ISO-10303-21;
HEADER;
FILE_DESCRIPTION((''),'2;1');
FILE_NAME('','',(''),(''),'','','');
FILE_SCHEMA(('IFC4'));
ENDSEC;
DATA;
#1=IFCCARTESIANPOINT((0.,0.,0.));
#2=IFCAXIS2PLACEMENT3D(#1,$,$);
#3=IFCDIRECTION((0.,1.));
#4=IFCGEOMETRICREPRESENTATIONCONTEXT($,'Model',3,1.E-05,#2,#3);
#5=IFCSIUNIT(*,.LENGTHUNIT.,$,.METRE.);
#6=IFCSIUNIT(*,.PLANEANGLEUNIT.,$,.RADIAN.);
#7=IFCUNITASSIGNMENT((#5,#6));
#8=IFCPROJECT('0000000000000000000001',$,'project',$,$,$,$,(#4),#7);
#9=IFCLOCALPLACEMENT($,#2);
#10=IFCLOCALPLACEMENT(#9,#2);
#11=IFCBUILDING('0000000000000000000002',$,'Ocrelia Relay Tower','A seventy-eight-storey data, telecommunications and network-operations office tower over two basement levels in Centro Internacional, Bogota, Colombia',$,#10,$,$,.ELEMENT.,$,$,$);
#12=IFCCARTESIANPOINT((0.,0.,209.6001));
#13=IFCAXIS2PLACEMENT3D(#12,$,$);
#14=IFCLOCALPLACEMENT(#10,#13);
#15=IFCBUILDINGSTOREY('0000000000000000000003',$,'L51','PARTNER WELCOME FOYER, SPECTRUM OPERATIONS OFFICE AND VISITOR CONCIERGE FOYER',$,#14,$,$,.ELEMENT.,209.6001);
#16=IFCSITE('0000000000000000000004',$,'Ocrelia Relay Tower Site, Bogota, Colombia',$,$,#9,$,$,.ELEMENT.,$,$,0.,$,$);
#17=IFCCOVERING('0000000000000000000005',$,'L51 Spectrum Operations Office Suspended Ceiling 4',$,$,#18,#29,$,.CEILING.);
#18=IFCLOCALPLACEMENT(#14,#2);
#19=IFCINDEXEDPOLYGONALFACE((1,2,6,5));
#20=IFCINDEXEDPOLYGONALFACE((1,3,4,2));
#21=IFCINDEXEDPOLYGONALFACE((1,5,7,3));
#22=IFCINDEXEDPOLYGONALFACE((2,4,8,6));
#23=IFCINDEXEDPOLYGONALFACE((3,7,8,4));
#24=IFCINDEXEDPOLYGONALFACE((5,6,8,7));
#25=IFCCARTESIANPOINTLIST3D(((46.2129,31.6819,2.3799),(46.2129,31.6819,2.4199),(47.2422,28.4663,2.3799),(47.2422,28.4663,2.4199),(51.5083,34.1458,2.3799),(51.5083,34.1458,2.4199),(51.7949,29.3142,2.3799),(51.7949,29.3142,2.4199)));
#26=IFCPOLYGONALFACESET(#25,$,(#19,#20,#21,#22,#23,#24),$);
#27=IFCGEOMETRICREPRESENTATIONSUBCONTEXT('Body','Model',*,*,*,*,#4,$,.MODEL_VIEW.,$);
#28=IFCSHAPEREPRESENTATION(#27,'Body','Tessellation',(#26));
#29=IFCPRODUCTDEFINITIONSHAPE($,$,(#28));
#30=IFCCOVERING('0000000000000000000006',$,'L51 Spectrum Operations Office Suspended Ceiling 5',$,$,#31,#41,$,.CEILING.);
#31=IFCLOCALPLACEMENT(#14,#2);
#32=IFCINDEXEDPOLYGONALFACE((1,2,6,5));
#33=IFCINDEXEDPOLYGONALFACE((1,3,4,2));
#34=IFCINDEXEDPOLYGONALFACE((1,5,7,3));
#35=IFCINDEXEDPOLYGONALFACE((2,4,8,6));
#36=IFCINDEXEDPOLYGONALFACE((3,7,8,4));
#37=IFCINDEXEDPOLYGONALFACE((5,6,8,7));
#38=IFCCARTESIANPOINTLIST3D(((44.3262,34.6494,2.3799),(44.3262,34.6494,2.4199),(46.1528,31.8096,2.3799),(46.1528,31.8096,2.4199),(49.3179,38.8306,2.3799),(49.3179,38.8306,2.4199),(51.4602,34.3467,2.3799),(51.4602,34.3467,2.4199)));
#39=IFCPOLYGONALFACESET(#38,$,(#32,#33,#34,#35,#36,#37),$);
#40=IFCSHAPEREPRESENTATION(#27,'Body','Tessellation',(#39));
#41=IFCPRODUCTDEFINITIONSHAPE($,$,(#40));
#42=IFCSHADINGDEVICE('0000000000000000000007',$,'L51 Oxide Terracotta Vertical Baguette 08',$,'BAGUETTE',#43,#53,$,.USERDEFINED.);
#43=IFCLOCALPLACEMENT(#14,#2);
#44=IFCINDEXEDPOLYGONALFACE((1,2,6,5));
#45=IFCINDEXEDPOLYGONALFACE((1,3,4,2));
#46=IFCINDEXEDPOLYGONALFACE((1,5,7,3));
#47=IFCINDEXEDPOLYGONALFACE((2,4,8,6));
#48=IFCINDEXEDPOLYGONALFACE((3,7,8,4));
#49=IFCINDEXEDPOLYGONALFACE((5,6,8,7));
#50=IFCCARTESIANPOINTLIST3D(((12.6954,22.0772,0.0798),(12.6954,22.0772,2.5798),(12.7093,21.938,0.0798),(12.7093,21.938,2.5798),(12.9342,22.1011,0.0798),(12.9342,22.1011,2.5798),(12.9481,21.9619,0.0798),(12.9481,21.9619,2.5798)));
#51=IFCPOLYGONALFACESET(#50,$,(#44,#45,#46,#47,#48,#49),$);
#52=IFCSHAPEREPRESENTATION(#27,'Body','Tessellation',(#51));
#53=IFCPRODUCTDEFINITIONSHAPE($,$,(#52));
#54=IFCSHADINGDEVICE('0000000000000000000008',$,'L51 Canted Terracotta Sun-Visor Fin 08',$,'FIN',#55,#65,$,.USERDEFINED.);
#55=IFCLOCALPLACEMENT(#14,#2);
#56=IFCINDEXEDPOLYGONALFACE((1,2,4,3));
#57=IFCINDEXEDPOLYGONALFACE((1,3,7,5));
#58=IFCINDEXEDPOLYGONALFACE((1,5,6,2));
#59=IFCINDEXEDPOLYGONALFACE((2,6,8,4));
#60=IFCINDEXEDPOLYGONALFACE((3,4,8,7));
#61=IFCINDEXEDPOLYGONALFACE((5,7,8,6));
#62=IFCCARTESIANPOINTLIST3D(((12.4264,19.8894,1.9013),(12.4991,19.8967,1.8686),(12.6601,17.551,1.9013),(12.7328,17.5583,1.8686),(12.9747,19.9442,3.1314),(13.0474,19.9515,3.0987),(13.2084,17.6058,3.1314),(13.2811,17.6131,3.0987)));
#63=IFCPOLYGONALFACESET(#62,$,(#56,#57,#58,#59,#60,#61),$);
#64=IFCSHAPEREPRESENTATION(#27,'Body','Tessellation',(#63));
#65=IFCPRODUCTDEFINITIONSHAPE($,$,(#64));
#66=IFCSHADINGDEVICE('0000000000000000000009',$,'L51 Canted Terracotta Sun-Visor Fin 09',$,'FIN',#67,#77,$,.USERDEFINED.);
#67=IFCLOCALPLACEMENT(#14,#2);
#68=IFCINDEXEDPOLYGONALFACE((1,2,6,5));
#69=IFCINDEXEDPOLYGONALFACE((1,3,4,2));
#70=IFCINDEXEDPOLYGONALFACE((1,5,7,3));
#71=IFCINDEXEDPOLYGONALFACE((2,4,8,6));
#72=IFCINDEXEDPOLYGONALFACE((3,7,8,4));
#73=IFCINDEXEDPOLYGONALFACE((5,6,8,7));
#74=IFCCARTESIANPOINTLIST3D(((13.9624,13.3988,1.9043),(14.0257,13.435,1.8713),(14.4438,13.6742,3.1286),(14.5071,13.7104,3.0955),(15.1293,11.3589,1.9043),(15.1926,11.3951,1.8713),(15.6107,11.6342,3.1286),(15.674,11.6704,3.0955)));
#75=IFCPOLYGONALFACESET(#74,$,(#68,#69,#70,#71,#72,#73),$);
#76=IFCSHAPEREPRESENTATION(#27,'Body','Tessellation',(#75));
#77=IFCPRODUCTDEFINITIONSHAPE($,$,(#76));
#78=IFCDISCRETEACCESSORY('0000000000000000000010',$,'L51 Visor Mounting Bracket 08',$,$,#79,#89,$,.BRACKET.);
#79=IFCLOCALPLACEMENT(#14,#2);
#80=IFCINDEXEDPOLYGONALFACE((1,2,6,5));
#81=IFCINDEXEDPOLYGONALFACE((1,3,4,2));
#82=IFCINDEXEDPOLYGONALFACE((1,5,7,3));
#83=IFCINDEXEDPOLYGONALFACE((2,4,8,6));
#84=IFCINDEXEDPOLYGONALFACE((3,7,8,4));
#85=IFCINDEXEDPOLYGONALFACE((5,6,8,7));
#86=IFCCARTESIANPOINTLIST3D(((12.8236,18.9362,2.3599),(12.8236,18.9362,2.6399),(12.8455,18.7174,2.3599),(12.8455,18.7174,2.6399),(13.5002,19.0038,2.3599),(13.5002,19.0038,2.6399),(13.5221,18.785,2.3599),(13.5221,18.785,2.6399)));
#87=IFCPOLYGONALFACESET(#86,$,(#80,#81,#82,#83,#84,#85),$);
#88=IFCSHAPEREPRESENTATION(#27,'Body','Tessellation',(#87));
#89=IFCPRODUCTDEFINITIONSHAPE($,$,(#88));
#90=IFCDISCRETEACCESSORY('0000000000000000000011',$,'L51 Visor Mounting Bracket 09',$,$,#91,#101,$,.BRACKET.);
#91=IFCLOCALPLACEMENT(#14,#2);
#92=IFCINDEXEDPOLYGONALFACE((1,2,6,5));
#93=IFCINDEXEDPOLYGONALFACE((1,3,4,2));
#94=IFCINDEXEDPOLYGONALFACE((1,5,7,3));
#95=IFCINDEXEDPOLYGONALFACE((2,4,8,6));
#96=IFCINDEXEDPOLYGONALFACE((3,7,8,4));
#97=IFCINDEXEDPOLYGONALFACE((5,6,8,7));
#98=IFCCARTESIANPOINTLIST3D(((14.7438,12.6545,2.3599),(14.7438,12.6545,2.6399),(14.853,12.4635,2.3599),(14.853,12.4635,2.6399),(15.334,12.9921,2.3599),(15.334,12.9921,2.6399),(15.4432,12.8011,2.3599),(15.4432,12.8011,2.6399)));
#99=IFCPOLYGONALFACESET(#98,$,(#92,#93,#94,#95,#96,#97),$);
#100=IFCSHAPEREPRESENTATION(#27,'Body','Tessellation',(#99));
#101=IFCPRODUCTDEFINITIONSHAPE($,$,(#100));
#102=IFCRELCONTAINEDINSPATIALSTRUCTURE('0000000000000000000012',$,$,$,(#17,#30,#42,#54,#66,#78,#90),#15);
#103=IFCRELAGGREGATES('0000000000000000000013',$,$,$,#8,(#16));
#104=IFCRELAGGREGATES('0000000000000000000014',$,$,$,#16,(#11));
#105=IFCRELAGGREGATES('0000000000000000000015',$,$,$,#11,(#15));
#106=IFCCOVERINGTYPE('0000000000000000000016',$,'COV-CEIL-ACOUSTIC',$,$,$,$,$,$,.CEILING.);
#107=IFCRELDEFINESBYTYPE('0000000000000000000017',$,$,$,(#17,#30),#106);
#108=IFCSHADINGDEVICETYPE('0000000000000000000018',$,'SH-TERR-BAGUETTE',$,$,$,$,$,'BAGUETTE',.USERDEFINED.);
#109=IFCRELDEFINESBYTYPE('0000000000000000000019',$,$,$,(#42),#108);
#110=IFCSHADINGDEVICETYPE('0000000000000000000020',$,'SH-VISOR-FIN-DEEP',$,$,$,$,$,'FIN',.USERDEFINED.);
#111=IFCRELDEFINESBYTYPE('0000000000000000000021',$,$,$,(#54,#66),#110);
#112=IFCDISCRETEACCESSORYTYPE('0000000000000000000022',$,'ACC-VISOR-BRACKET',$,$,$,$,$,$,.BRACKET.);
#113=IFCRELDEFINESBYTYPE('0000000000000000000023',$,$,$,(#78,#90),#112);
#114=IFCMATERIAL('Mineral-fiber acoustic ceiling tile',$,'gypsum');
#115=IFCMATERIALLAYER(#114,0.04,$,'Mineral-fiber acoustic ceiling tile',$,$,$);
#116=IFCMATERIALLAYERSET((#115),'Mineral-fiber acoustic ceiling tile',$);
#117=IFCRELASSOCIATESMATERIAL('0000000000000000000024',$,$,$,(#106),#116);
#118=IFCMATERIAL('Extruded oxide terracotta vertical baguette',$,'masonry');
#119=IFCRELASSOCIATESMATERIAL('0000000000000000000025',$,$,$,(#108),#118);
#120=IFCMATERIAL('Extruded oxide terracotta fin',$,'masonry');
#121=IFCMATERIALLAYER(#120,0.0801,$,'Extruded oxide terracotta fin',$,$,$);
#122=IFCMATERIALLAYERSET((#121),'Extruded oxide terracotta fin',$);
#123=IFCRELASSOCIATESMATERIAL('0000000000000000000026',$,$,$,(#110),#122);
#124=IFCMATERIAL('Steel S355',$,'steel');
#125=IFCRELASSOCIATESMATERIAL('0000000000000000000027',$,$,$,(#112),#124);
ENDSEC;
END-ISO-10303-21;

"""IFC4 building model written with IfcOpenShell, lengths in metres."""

from ifc_helpers import new_model, si_unit, direction, frame, origin, origin_2d, place, context, subcontext, project, spatial, polyline, rectangle, outline, extrude, material, layer, layer_set, type_object, element, save


model = new_model("IFC4")

# Units and contexts
model_context = context("Model", 3, precision=1e-05, world=origin(), true_north=direction((0.0, 1.0)))
body_context = subcontext(model_context, "Body", "Model", "MODEL_VIEW")
ifc_project = project(units=[si_unit("LENGTHUNIT", "METRE"), si_unit("PLANEANGLEUNIT", "RADIAN")], contexts=[model_context])

# Site, building, storey
site_placement = place(None, origin())
site = spatial("IfcSite", under=ifc_project, at=site_placement, Name="Ocrelia Relay Tower Site, Bogota, Colombia", CompositionType="ELEMENT", RefElevation=0.0)
building_placement = place(site_placement, origin())
building = spatial("IfcBuilding", under=site, at=building_placement, Name="Ocrelia Relay Tower", Description="A seventy-eight-storey data, telecommunications and network-operations office tower over two basement levels in Centro Internacional, Bogota, Colombia", CompositionType="ELEMENT")
storey_placement = place(building_placement, frame((0.0, 0.0, 209.6001)))
storey = spatial("IfcBuildingStorey", under=building, at=storey_placement, Name="L51", Description="PARTNER WELCOME FOYER, SPECTRUM OPERATIONS OFFICE AND VISITOR CONCIERGE FOYER", CompositionType="ELEMENT", Elevation=209.6001)

# Coverings
ifc_material_1 = material(Name="Mineral-fiber acoustic ceiling tile", Category="gypsum")
ifc_layer_1 = layer(ifc_material_1, 0.04, Name="Mineral-fiber acoustic ceiling tile")
ifc_layer_set_1 = layer_set([ifc_layer_1], Name="Mineral-fiber acoustic ceiling tile")
covering_type = type_object("IfcCoveringType", Name="COV-CEIL-ACOUSTIC", PredefinedType="CEILING", material=ifc_layer_set_1)
covering_1_placement = place(storey_placement, frame((0.0, 0.0, 2.3799)))
element("IfcCovering", 1, at=covering_1_placement, inside=storey, type_object=covering_type, Name="L51 Spectrum Operations Office Suspended Ceiling 4", PredefinedType="CEILING", context=body_context, shape_type="SweptSolid", body=[
    extrude(outline(polyline([(47.2422, 28.4663), (51.7949, 29.3142), (51.5083, 34.1458), (46.2129, 31.6819), (47.2422, 28.4663)])), origin(), (0.0, 0.0, 1.0), 0.04),
])
covering_2_placement = place(storey_placement, frame((0.0, 0.0, 2.3799)))
element("IfcCovering", 2, at=covering_2_placement, inside=storey, type_object=covering_type, Name="L51 Spectrum Operations Office Suspended Ceiling 5", PredefinedType="CEILING", context=body_context, shape_type="SweptSolid", body=[
    extrude(outline(polyline([(46.1528, 31.8096), (51.4602, 34.3467), (49.3179, 38.8306), (44.3262, 34.6494), (46.1528, 31.8096)])), origin(), (0.0, 0.0, 1.0), 0.04),
])

# Shading devices
ifc_material_2 = material(Name="Extruded oxide terracotta vertical baguette", Category="masonry")
shading_device_type_1 = type_object("IfcShadingDeviceType", Name="SH-TERR-BAGUETTE", ElementType="BAGUETTE", PredefinedType="USERDEFINED", material=ifc_material_2)
shading_device_1_placement = place(storey_placement, frame((12.8218, 22.0195, 0.0798), z_axis=(0.0, 0.0, 1.0), x_axis=(0.099436, -0.995044, 0.0)))
element("IfcShadingDevice", 3, at=shading_device_1_placement, inside=storey, type_object=shading_device_type_1, Name="L51 Oxide Terracotta Vertical Baguette 08", ObjectType="BAGUETTE", PredefinedType="USERDEFINED", context=body_context, shape_type="SweptSolid", body=[
    extrude(rectangle(XDim=0.1399, YDim=0.24, at=origin_2d()), origin(), (0.0, 0.0, 1.0), 2.5),
])
ifc_material_3 = material(Name="Extruded oxide terracotta fin", Category="masonry")
ifc_layer_2 = layer(ifc_material_3, 0.0801, Name="Extruded oxide terracotta fin")
ifc_layer_set_2 = layer_set([ifc_layer_2], Name="Extruded oxide terracotta fin")
shading_device_type_2 = type_object("IfcShadingDeviceType", Name="SH-VISOR-FIN-DEEP", ElementType="FIN", PredefinedType="USERDEFINED", material=ifc_layer_set_2)
shading_device_2_placement = place(storey_placement, frame((12.8901, 18.7549, 2.4836), z_axis=(-0.908097, -0.090747, 0.408808), x_axis=(0.099436, -0.995044, 0.0)))
element("IfcShadingDevice", 4, at=shading_device_2_placement, inside=storey, type_object=shading_device_type_2, Name="L51 Canted Terracotta Sun-Visor Fin 08", ObjectType="FIN", PredefinedType="USERDEFINED", context=body_context, shape_type="SweptSolid", body=[
    extrude(rectangle(XDim=2.3501, YDim=1.3479, at=origin_2d()), origin(), (0.0, 0.0, 1.0), 0.0801),
])
shading_device_3_placement = place(storey_placement, frame((14.8499, 12.5527, 2.4834), z_axis=(-0.790682, -0.452284, 0.412628), x_axis=(0.496525, -0.868023, 0.0)))
element("IfcShadingDevice", 5, at=shading_device_3_placement, inside=storey, type_object=shading_device_type_2, Name="L51 Canted Terracotta Sun-Visor Fin 09", ObjectType="FIN", PredefinedType="USERDEFINED", context=body_context, shape_type="SweptSolid", body=[
    extrude(rectangle(XDim=2.3501, YDim=1.344, at=origin_2d()), origin(), (0.0, 0.0, 1.0), 0.0801),
])

# Discrete accessories
ifc_material_4 = material(Name="Steel S355", Category="steel")
discrete_accessory_type = type_object("IfcDiscreteAccessoryType", Name="ACC-VISOR-BRACKET", PredefinedType="BRACKET", material=ifc_material_4)
for number, where, z_axis, x_axis, name in (
    (6, (13.1729, 18.8606, 2.3599), (0.0, 0.0, 1.0), (0.099436, -0.995044, 0.0), "L51 Visor Mounting Bracket 08"),
    (7, (15.0935, 12.7278, 2.3599), (0.0, 0.0, 1.0), (0.496525, -0.868023, 0.0), "L51 Visor Mounting Bracket 09"),
):
    element("IfcDiscreteAccessory", number, at=place(storey_placement, frame(where, z_axis=z_axis, x_axis=x_axis)), inside=storey, type_object=discrete_accessory_type, Name=name, PredefinedType="BRACKET", context=body_context, shape_type="SweptSolid", body=[
        extrude(rectangle(XDim=0.22, YDim=0.6799, at=origin_2d()), origin(), (0.0, 0.0, 1.0), 0.28),
    ])

save(model, "model.ifc")
